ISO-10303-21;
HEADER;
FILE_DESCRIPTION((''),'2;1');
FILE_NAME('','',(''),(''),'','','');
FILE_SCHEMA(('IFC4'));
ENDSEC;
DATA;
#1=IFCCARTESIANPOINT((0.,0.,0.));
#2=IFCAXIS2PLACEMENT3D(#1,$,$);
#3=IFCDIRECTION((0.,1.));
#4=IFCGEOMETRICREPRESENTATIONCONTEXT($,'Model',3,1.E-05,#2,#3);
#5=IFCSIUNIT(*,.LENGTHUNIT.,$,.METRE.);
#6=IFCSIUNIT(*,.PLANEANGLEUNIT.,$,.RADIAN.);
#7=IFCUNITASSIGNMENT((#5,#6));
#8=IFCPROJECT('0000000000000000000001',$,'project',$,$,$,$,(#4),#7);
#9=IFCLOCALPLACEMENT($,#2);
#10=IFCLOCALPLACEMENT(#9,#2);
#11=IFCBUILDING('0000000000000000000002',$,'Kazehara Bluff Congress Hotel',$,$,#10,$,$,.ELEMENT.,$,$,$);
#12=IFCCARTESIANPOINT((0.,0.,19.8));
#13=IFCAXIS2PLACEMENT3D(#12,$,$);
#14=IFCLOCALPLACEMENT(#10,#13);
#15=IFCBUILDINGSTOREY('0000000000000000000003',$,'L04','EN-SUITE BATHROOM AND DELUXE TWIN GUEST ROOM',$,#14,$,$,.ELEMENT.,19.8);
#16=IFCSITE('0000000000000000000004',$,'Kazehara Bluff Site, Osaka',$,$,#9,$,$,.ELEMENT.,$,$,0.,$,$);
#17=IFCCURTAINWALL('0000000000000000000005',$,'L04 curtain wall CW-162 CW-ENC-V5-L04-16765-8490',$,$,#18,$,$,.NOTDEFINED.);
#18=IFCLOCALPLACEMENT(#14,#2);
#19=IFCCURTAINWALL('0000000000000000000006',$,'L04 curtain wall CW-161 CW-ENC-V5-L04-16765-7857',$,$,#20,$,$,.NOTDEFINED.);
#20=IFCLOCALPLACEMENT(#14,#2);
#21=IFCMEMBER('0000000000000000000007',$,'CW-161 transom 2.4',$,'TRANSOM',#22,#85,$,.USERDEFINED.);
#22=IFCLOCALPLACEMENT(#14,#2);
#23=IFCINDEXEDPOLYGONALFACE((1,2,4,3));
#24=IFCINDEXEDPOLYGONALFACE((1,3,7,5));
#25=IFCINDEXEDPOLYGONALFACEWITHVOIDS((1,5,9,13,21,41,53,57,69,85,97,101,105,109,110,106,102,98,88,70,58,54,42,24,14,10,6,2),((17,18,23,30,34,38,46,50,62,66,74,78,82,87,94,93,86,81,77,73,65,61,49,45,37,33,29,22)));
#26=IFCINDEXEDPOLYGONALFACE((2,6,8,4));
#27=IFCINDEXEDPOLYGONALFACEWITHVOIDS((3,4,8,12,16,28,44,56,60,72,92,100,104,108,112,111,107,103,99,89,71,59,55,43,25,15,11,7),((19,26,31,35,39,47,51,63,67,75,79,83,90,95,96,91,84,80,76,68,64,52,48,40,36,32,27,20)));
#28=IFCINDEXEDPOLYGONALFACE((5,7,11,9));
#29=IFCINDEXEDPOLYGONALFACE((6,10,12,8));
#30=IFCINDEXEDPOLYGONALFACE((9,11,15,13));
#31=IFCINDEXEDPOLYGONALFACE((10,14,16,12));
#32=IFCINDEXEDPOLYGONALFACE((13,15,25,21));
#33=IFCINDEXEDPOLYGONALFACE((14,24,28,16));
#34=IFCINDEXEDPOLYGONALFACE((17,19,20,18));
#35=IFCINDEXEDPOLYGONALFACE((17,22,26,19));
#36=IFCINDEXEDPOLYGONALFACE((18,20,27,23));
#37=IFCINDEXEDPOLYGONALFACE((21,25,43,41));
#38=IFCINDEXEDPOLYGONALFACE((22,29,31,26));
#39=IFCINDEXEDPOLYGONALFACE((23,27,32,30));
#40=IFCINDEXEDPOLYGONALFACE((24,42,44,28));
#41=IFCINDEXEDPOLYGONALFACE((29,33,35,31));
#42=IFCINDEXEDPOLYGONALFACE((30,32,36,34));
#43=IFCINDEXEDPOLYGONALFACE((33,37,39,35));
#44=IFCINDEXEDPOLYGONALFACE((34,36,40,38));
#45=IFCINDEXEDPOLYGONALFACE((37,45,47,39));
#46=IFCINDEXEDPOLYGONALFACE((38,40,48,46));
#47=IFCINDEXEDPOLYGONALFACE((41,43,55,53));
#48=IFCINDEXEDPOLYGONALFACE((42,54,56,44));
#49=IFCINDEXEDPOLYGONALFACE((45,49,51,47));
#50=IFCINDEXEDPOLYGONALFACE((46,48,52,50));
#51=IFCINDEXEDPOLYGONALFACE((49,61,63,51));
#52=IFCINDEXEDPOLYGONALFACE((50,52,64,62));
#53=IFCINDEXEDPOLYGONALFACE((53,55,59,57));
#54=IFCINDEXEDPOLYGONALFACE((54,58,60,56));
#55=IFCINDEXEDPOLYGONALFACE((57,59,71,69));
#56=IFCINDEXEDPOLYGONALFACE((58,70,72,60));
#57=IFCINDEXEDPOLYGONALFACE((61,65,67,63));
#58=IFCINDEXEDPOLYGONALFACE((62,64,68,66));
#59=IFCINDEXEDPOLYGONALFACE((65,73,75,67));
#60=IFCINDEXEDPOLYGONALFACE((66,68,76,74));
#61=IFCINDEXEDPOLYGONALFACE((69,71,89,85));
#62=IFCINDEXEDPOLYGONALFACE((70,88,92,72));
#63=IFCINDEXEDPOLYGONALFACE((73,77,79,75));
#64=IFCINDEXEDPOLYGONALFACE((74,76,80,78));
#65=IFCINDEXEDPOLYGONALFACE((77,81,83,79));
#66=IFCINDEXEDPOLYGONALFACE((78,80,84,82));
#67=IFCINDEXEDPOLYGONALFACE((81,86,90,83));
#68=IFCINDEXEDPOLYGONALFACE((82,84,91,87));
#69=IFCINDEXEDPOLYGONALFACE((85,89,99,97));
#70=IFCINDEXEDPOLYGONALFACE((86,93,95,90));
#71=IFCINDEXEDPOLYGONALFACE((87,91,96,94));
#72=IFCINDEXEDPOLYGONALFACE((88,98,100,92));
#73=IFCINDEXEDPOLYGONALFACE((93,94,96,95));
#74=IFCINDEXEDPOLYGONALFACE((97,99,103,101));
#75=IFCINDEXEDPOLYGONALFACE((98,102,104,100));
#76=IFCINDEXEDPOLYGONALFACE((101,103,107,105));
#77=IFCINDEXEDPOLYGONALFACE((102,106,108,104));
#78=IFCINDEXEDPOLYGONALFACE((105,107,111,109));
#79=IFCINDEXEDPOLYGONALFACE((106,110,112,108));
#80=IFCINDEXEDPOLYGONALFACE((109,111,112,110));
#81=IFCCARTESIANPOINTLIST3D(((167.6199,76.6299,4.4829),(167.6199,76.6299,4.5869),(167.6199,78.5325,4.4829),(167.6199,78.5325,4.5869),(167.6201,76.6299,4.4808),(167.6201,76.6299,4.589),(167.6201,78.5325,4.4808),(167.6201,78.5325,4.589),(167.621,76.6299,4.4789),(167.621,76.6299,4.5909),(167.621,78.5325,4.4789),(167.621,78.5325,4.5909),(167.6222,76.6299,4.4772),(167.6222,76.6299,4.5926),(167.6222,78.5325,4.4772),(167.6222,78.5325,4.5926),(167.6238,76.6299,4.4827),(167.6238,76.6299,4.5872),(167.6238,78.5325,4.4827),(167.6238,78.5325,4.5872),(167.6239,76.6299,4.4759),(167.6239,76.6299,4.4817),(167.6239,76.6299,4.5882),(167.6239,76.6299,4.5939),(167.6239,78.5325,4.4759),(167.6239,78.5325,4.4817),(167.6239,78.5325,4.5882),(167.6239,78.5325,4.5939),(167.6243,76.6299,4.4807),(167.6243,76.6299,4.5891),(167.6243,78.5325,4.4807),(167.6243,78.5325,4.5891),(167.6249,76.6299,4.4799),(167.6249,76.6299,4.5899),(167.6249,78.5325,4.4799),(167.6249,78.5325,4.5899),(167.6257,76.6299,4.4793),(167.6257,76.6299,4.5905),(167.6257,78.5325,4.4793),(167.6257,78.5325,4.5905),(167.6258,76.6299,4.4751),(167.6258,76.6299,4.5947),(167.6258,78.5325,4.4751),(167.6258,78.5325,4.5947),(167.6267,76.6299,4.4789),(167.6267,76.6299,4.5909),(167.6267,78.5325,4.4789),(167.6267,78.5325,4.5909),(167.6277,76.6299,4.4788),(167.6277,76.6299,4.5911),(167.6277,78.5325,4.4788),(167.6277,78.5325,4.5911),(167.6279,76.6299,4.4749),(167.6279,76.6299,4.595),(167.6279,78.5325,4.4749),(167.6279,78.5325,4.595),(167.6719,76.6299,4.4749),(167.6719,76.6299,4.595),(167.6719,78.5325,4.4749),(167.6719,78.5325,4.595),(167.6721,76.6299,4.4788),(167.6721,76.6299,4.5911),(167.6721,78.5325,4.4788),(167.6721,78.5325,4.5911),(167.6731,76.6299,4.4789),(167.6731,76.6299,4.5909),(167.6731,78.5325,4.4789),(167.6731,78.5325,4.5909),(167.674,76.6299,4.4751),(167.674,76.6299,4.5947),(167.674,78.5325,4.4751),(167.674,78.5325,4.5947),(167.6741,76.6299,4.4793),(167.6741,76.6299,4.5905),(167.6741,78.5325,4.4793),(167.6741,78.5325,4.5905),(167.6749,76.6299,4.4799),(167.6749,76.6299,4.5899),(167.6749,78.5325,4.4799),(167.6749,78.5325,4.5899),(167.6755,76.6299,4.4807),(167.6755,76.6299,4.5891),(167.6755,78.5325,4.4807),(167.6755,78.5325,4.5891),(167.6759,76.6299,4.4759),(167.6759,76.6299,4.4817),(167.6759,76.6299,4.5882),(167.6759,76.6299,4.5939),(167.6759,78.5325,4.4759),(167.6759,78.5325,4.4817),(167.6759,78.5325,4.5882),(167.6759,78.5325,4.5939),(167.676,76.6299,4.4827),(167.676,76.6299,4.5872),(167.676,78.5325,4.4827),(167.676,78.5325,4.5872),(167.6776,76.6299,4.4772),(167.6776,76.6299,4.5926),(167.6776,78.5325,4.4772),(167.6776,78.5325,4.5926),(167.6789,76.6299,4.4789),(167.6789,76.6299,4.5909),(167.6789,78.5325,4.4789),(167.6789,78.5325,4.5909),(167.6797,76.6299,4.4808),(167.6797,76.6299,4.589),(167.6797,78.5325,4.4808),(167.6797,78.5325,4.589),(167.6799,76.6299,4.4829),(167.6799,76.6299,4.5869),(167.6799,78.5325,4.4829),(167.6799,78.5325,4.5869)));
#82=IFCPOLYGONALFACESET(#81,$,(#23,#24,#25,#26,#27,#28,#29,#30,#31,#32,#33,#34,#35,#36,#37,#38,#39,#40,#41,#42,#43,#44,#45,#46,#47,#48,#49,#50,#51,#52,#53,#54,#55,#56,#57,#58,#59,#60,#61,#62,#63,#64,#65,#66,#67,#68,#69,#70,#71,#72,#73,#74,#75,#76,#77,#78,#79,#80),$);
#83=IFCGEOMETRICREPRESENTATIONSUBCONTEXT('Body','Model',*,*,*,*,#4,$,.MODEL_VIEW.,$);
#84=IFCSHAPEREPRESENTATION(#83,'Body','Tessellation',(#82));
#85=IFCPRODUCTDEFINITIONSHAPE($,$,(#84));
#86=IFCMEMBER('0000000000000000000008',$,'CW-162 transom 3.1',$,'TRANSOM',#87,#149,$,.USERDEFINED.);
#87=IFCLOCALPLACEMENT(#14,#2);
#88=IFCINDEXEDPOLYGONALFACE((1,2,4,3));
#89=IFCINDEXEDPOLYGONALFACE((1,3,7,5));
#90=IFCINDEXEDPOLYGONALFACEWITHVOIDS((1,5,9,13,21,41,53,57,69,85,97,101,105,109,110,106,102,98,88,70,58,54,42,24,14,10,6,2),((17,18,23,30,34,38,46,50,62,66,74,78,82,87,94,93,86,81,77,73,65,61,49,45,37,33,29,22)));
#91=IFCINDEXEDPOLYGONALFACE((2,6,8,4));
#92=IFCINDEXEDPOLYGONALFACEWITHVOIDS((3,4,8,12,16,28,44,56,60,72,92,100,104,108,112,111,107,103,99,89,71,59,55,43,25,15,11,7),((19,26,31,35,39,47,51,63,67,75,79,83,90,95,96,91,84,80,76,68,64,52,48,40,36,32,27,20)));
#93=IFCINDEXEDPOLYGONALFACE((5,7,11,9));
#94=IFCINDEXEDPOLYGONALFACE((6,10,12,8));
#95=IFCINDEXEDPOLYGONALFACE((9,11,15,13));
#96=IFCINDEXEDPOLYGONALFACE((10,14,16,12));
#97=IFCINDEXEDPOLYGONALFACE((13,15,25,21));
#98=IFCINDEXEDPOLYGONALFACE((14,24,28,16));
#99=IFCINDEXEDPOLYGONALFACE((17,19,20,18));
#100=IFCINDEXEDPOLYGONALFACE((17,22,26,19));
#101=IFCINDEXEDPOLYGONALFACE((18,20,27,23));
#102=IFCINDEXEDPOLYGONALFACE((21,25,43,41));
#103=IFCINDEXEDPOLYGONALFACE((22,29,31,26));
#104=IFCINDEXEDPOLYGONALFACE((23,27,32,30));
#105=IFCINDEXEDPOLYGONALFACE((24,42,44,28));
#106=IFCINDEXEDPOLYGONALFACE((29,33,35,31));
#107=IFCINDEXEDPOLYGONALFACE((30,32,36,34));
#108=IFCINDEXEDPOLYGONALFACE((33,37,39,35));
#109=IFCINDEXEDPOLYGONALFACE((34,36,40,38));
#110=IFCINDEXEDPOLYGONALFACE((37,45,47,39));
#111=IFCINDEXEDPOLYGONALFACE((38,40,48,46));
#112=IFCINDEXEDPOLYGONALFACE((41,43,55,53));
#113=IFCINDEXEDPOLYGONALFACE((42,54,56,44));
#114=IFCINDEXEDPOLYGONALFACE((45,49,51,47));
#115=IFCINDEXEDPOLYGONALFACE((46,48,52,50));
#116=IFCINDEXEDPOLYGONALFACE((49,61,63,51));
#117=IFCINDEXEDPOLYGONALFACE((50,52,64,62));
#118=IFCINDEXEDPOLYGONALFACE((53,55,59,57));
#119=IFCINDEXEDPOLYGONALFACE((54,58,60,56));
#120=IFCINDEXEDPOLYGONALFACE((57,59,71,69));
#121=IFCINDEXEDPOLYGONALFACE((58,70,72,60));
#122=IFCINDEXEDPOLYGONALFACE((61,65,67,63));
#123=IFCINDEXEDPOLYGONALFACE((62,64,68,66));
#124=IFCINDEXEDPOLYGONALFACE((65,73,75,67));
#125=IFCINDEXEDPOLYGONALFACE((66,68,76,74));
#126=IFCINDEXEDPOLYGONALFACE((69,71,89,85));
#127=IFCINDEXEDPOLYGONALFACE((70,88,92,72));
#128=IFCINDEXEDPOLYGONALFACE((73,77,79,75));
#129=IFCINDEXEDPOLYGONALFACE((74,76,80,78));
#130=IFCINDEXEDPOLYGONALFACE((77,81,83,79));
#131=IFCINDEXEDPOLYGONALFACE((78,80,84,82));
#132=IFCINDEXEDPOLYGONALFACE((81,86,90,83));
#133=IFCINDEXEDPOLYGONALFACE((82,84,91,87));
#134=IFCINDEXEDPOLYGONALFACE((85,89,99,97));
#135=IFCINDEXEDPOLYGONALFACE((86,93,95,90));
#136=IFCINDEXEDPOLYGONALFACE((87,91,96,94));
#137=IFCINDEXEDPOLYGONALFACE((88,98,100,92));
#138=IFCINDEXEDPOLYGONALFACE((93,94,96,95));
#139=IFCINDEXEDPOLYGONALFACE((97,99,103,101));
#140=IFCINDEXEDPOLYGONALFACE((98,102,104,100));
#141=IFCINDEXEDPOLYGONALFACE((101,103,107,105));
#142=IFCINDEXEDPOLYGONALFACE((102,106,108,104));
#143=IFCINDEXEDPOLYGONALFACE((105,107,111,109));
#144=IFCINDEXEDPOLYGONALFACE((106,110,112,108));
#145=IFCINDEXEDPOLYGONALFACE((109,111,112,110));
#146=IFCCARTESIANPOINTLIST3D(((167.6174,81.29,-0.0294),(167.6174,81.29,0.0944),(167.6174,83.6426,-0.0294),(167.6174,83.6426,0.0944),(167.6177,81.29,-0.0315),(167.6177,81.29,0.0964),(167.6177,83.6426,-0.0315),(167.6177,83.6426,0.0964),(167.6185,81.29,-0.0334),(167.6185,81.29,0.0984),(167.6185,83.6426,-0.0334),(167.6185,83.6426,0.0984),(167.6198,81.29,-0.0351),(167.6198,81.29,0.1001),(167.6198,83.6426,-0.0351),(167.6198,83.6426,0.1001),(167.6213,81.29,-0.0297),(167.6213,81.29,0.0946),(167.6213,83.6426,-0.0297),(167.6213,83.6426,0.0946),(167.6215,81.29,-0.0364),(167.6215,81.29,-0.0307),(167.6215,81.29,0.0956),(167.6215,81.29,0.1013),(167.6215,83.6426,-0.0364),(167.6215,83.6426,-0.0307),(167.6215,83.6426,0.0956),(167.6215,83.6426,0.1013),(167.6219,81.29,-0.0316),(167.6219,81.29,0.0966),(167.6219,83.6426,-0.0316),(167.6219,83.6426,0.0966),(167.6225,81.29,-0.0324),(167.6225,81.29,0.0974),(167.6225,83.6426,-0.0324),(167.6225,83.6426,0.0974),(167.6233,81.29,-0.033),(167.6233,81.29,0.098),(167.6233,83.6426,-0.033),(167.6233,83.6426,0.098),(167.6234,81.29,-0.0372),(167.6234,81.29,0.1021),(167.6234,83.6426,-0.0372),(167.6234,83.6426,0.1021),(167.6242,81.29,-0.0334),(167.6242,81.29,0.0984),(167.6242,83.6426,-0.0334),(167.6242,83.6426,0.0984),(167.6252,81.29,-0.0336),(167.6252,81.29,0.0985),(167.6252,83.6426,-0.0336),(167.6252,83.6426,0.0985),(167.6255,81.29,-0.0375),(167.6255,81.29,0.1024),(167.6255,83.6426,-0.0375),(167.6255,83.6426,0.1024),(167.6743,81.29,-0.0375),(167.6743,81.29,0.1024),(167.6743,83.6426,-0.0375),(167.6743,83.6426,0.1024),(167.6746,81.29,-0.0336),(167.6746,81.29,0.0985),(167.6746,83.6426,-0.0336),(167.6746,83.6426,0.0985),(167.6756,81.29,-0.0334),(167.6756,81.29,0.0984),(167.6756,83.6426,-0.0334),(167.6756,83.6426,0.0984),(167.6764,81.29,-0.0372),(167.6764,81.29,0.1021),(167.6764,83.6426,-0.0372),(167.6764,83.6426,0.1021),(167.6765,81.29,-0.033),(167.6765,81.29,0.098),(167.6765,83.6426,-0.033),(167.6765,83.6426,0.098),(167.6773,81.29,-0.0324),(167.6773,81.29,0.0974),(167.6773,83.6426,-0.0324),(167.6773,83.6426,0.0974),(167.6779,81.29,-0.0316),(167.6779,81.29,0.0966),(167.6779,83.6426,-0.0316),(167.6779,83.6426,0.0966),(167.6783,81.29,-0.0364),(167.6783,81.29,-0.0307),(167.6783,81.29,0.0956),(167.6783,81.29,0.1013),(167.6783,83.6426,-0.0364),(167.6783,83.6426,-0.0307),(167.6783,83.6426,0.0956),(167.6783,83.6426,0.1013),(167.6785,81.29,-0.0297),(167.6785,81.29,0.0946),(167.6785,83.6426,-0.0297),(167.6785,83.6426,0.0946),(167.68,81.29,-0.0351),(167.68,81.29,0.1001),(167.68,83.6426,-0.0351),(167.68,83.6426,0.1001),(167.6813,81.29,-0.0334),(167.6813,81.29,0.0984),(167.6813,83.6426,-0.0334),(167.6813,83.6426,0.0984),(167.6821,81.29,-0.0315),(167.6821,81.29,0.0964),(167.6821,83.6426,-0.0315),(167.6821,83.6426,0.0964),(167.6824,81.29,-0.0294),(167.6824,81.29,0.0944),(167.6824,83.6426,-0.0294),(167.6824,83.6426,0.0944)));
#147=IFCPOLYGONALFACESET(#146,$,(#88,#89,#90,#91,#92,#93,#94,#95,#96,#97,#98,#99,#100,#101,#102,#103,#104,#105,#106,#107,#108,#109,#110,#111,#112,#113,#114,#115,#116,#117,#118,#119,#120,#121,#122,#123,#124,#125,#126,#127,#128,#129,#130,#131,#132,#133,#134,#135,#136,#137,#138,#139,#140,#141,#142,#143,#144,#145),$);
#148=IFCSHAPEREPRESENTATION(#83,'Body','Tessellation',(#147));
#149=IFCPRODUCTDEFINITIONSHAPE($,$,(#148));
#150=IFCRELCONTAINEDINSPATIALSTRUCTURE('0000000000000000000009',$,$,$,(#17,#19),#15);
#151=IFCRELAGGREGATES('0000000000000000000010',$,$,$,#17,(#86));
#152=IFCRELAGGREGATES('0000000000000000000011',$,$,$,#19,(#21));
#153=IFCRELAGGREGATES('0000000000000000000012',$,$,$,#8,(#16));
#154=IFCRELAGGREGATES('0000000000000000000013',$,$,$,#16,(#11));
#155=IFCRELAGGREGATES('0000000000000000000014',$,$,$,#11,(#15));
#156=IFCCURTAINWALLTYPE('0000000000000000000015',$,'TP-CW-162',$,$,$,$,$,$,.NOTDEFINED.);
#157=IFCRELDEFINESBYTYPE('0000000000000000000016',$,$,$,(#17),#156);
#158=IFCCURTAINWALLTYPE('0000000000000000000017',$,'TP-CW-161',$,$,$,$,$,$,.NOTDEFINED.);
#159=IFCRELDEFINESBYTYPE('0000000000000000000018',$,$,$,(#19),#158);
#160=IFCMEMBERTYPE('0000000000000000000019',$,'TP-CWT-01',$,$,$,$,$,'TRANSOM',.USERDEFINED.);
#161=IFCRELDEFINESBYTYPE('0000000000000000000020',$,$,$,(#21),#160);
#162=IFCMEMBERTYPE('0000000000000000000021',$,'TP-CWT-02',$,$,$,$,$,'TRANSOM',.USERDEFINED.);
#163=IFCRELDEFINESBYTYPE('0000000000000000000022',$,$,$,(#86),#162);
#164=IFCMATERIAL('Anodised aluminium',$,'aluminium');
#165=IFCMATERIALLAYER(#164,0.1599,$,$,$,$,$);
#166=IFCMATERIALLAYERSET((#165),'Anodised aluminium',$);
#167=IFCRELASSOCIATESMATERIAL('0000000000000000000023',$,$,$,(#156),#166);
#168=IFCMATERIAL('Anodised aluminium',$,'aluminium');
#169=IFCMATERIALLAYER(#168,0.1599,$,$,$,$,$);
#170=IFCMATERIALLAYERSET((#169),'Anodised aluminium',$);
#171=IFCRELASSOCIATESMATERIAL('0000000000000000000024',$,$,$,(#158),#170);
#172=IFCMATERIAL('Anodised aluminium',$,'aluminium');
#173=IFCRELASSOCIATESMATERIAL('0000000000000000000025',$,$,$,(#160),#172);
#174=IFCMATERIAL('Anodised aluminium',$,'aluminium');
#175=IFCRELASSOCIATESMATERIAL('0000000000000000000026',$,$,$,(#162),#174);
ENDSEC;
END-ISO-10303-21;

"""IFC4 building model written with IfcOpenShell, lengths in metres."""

from ifc_helpers import new_model, si_unit, direction, frame, origin, origin_2d, place, context, subcontext, project, spatial, hollow_rectangle, extrude, material, layer, layer_set, material_profile, profile_set, type_object, element, aggregate, save


model = new_model("IFC4")

# Units and contexts
model_context = context("Model", 3, precision=1e-05, world=origin(), true_north=direction((0.0, 1.0)))
body_context = subcontext(model_context, "Body", "Model", "MODEL_VIEW")
ifc_project = project(units=[si_unit("LENGTHUNIT", "METRE"), si_unit("PLANEANGLEUNIT", "RADIAN")], contexts=[model_context])

# Site, building, storey
site_placement = place(None, origin())
site = spatial("IfcSite", under=ifc_project, at=site_placement, Name="Kazehara Bluff Site, Osaka", CompositionType="ELEMENT", RefElevation=0.0)
building_placement = place(site_placement, origin())
building = spatial("IfcBuilding", under=site, at=building_placement, Name="Kazehara Bluff Congress Hotel", CompositionType="ELEMENT")
storey_placement = place(building_placement, frame((0.0, 0.0, 19.8)))
storey = spatial("IfcBuildingStorey", under=building, at=storey_placement, Name="L04", Description="EN-SUITE BATHROOM AND DELUXE TWIN GUEST ROOM", CompositionType="ELEMENT", Elevation=19.8)

# Curtain walls, member
ifc_material_1 = material(Name="Anodised aluminium", Category="aluminium")
ifc_layer_1 = layer(ifc_material_1, 0.1599)
ifc_layer_set_1 = layer_set([ifc_layer_1], Name="Anodised aluminium")
curtain_wall_type_1 = type_object("IfcCurtainWallType", Name="TP-CW-162", PredefinedType="NOTDEFINED", material=ifc_layer_set_1)
curtain_wall_1_placement = place(storey_placement, origin())
curtain_wall_1 = element("IfcCurtainWall", 1, at=curtain_wall_1_placement, inside=storey, type_object=curtain_wall_type_1, Name="L04 curtain wall CW-162 CW-ENC-V5-L04-16765-8490", PredefinedType="NOTDEFINED")
ifc_material_2 = material(Name="Anodised aluminium", Category="aluminium")
ifc_layer_2 = layer(ifc_material_2, 0.1599)
ifc_layer_set_2 = layer_set([ifc_layer_2], Name="Anodised aluminium")
curtain_wall_type_2 = type_object("IfcCurtainWallType", Name="TP-CW-161", PredefinedType="NOTDEFINED", material=ifc_layer_set_2)
curtain_wall_2_placement = place(storey_placement, origin())
curtain_wall_2 = element("IfcCurtainWall", 2, at=curtain_wall_2_placement, inside=storey, type_object=curtain_wall_type_2, Name="L04 curtain wall CW-161 CW-ENC-V5-L04-16765-7857", PredefinedType="NOTDEFINED")
ifc_material_3 = material(Name="Anodised aluminium", Category="aluminium")
ifc_material_profile_1 = material_profile(ifc_material_3, hollow_rectangle(XDim=0.0601, YDim=0.1201, WallThickness=0.0039, InnerFilletRadius=0.0039, OuterFilletRadius=0.0081, at=origin_2d()))
ifc_profile_set_1 = profile_set([ifc_material_profile_1], Name="Anodised aluminium")
member_type_1 = type_object("IfcMemberType", Name="TP-CWT-01", ElementType="TRANSOM", PredefinedType="USERDEFINED", material=ifc_profile_set_1)
member_1_placement = place(storey_placement, frame((167.6499, 78.5325, 4.5349), z_axis=(0.0, -1.0, 0.0), x_axis=(1.0, 0.0, 0.0)))
member_1 = element("IfcMember", 3, at=member_1_placement, type_object=member_type_1, Name="CW-161 transom 2.4", ObjectType="TRANSOM", PredefinedType="USERDEFINED", context=body_context, shape_type="SweptSolid", body=[
    extrude(hollow_rectangle(XDim=0.0601, YDim=0.1201, WallThickness=0.0039, InnerFilletRadius=0.0039, OuterFilletRadius=0.0081, at=origin_2d()), origin(), (0.0, 0.0, 1.0), 1.9026),
])

# Member
ifc_material_4 = material(Name="Anodised aluminium", Category="aluminium")
ifc_material_profile_2 = material_profile(ifc_material_4, hollow_rectangle(XDim=0.0649, YDim=0.1399, WallThickness=0.0039, InnerFilletRadius=0.0039, OuterFilletRadius=0.0081, at=origin_2d()))
ifc_profile_set_2 = profile_set([ifc_material_profile_2], Name="Anodised aluminium")
member_type_2 = type_object("IfcMemberType", Name="TP-CWT-02", ElementType="TRANSOM", PredefinedType="USERDEFINED", material=ifc_profile_set_2)
member_2_placement = place(storey_placement, frame((167.6499, 83.6426, 0.0325), z_axis=(0.0, -1.0, 0.0), x_axis=(1.0, 0.0, 0.0)))
member_2 = element("IfcMember", 4, at=member_2_placement, type_object=member_type_2, Name="CW-162 transom 3.1", ObjectType="TRANSOM", PredefinedType="USERDEFINED", context=body_context, shape_type="SweptSolid", body=[
    extrude(hollow_rectangle(XDim=0.0649, YDim=0.1399, WallThickness=0.0039, InnerFilletRadius=0.0039, OuterFilletRadius=0.0081, at=origin_2d()), origin(), (0.0, 0.0, 1.0), 2.3525),
])

aggregate(curtain_wall_1, [member_2])
aggregate(curtain_wall_2, [member_1])

save(model, "model.ifc")
